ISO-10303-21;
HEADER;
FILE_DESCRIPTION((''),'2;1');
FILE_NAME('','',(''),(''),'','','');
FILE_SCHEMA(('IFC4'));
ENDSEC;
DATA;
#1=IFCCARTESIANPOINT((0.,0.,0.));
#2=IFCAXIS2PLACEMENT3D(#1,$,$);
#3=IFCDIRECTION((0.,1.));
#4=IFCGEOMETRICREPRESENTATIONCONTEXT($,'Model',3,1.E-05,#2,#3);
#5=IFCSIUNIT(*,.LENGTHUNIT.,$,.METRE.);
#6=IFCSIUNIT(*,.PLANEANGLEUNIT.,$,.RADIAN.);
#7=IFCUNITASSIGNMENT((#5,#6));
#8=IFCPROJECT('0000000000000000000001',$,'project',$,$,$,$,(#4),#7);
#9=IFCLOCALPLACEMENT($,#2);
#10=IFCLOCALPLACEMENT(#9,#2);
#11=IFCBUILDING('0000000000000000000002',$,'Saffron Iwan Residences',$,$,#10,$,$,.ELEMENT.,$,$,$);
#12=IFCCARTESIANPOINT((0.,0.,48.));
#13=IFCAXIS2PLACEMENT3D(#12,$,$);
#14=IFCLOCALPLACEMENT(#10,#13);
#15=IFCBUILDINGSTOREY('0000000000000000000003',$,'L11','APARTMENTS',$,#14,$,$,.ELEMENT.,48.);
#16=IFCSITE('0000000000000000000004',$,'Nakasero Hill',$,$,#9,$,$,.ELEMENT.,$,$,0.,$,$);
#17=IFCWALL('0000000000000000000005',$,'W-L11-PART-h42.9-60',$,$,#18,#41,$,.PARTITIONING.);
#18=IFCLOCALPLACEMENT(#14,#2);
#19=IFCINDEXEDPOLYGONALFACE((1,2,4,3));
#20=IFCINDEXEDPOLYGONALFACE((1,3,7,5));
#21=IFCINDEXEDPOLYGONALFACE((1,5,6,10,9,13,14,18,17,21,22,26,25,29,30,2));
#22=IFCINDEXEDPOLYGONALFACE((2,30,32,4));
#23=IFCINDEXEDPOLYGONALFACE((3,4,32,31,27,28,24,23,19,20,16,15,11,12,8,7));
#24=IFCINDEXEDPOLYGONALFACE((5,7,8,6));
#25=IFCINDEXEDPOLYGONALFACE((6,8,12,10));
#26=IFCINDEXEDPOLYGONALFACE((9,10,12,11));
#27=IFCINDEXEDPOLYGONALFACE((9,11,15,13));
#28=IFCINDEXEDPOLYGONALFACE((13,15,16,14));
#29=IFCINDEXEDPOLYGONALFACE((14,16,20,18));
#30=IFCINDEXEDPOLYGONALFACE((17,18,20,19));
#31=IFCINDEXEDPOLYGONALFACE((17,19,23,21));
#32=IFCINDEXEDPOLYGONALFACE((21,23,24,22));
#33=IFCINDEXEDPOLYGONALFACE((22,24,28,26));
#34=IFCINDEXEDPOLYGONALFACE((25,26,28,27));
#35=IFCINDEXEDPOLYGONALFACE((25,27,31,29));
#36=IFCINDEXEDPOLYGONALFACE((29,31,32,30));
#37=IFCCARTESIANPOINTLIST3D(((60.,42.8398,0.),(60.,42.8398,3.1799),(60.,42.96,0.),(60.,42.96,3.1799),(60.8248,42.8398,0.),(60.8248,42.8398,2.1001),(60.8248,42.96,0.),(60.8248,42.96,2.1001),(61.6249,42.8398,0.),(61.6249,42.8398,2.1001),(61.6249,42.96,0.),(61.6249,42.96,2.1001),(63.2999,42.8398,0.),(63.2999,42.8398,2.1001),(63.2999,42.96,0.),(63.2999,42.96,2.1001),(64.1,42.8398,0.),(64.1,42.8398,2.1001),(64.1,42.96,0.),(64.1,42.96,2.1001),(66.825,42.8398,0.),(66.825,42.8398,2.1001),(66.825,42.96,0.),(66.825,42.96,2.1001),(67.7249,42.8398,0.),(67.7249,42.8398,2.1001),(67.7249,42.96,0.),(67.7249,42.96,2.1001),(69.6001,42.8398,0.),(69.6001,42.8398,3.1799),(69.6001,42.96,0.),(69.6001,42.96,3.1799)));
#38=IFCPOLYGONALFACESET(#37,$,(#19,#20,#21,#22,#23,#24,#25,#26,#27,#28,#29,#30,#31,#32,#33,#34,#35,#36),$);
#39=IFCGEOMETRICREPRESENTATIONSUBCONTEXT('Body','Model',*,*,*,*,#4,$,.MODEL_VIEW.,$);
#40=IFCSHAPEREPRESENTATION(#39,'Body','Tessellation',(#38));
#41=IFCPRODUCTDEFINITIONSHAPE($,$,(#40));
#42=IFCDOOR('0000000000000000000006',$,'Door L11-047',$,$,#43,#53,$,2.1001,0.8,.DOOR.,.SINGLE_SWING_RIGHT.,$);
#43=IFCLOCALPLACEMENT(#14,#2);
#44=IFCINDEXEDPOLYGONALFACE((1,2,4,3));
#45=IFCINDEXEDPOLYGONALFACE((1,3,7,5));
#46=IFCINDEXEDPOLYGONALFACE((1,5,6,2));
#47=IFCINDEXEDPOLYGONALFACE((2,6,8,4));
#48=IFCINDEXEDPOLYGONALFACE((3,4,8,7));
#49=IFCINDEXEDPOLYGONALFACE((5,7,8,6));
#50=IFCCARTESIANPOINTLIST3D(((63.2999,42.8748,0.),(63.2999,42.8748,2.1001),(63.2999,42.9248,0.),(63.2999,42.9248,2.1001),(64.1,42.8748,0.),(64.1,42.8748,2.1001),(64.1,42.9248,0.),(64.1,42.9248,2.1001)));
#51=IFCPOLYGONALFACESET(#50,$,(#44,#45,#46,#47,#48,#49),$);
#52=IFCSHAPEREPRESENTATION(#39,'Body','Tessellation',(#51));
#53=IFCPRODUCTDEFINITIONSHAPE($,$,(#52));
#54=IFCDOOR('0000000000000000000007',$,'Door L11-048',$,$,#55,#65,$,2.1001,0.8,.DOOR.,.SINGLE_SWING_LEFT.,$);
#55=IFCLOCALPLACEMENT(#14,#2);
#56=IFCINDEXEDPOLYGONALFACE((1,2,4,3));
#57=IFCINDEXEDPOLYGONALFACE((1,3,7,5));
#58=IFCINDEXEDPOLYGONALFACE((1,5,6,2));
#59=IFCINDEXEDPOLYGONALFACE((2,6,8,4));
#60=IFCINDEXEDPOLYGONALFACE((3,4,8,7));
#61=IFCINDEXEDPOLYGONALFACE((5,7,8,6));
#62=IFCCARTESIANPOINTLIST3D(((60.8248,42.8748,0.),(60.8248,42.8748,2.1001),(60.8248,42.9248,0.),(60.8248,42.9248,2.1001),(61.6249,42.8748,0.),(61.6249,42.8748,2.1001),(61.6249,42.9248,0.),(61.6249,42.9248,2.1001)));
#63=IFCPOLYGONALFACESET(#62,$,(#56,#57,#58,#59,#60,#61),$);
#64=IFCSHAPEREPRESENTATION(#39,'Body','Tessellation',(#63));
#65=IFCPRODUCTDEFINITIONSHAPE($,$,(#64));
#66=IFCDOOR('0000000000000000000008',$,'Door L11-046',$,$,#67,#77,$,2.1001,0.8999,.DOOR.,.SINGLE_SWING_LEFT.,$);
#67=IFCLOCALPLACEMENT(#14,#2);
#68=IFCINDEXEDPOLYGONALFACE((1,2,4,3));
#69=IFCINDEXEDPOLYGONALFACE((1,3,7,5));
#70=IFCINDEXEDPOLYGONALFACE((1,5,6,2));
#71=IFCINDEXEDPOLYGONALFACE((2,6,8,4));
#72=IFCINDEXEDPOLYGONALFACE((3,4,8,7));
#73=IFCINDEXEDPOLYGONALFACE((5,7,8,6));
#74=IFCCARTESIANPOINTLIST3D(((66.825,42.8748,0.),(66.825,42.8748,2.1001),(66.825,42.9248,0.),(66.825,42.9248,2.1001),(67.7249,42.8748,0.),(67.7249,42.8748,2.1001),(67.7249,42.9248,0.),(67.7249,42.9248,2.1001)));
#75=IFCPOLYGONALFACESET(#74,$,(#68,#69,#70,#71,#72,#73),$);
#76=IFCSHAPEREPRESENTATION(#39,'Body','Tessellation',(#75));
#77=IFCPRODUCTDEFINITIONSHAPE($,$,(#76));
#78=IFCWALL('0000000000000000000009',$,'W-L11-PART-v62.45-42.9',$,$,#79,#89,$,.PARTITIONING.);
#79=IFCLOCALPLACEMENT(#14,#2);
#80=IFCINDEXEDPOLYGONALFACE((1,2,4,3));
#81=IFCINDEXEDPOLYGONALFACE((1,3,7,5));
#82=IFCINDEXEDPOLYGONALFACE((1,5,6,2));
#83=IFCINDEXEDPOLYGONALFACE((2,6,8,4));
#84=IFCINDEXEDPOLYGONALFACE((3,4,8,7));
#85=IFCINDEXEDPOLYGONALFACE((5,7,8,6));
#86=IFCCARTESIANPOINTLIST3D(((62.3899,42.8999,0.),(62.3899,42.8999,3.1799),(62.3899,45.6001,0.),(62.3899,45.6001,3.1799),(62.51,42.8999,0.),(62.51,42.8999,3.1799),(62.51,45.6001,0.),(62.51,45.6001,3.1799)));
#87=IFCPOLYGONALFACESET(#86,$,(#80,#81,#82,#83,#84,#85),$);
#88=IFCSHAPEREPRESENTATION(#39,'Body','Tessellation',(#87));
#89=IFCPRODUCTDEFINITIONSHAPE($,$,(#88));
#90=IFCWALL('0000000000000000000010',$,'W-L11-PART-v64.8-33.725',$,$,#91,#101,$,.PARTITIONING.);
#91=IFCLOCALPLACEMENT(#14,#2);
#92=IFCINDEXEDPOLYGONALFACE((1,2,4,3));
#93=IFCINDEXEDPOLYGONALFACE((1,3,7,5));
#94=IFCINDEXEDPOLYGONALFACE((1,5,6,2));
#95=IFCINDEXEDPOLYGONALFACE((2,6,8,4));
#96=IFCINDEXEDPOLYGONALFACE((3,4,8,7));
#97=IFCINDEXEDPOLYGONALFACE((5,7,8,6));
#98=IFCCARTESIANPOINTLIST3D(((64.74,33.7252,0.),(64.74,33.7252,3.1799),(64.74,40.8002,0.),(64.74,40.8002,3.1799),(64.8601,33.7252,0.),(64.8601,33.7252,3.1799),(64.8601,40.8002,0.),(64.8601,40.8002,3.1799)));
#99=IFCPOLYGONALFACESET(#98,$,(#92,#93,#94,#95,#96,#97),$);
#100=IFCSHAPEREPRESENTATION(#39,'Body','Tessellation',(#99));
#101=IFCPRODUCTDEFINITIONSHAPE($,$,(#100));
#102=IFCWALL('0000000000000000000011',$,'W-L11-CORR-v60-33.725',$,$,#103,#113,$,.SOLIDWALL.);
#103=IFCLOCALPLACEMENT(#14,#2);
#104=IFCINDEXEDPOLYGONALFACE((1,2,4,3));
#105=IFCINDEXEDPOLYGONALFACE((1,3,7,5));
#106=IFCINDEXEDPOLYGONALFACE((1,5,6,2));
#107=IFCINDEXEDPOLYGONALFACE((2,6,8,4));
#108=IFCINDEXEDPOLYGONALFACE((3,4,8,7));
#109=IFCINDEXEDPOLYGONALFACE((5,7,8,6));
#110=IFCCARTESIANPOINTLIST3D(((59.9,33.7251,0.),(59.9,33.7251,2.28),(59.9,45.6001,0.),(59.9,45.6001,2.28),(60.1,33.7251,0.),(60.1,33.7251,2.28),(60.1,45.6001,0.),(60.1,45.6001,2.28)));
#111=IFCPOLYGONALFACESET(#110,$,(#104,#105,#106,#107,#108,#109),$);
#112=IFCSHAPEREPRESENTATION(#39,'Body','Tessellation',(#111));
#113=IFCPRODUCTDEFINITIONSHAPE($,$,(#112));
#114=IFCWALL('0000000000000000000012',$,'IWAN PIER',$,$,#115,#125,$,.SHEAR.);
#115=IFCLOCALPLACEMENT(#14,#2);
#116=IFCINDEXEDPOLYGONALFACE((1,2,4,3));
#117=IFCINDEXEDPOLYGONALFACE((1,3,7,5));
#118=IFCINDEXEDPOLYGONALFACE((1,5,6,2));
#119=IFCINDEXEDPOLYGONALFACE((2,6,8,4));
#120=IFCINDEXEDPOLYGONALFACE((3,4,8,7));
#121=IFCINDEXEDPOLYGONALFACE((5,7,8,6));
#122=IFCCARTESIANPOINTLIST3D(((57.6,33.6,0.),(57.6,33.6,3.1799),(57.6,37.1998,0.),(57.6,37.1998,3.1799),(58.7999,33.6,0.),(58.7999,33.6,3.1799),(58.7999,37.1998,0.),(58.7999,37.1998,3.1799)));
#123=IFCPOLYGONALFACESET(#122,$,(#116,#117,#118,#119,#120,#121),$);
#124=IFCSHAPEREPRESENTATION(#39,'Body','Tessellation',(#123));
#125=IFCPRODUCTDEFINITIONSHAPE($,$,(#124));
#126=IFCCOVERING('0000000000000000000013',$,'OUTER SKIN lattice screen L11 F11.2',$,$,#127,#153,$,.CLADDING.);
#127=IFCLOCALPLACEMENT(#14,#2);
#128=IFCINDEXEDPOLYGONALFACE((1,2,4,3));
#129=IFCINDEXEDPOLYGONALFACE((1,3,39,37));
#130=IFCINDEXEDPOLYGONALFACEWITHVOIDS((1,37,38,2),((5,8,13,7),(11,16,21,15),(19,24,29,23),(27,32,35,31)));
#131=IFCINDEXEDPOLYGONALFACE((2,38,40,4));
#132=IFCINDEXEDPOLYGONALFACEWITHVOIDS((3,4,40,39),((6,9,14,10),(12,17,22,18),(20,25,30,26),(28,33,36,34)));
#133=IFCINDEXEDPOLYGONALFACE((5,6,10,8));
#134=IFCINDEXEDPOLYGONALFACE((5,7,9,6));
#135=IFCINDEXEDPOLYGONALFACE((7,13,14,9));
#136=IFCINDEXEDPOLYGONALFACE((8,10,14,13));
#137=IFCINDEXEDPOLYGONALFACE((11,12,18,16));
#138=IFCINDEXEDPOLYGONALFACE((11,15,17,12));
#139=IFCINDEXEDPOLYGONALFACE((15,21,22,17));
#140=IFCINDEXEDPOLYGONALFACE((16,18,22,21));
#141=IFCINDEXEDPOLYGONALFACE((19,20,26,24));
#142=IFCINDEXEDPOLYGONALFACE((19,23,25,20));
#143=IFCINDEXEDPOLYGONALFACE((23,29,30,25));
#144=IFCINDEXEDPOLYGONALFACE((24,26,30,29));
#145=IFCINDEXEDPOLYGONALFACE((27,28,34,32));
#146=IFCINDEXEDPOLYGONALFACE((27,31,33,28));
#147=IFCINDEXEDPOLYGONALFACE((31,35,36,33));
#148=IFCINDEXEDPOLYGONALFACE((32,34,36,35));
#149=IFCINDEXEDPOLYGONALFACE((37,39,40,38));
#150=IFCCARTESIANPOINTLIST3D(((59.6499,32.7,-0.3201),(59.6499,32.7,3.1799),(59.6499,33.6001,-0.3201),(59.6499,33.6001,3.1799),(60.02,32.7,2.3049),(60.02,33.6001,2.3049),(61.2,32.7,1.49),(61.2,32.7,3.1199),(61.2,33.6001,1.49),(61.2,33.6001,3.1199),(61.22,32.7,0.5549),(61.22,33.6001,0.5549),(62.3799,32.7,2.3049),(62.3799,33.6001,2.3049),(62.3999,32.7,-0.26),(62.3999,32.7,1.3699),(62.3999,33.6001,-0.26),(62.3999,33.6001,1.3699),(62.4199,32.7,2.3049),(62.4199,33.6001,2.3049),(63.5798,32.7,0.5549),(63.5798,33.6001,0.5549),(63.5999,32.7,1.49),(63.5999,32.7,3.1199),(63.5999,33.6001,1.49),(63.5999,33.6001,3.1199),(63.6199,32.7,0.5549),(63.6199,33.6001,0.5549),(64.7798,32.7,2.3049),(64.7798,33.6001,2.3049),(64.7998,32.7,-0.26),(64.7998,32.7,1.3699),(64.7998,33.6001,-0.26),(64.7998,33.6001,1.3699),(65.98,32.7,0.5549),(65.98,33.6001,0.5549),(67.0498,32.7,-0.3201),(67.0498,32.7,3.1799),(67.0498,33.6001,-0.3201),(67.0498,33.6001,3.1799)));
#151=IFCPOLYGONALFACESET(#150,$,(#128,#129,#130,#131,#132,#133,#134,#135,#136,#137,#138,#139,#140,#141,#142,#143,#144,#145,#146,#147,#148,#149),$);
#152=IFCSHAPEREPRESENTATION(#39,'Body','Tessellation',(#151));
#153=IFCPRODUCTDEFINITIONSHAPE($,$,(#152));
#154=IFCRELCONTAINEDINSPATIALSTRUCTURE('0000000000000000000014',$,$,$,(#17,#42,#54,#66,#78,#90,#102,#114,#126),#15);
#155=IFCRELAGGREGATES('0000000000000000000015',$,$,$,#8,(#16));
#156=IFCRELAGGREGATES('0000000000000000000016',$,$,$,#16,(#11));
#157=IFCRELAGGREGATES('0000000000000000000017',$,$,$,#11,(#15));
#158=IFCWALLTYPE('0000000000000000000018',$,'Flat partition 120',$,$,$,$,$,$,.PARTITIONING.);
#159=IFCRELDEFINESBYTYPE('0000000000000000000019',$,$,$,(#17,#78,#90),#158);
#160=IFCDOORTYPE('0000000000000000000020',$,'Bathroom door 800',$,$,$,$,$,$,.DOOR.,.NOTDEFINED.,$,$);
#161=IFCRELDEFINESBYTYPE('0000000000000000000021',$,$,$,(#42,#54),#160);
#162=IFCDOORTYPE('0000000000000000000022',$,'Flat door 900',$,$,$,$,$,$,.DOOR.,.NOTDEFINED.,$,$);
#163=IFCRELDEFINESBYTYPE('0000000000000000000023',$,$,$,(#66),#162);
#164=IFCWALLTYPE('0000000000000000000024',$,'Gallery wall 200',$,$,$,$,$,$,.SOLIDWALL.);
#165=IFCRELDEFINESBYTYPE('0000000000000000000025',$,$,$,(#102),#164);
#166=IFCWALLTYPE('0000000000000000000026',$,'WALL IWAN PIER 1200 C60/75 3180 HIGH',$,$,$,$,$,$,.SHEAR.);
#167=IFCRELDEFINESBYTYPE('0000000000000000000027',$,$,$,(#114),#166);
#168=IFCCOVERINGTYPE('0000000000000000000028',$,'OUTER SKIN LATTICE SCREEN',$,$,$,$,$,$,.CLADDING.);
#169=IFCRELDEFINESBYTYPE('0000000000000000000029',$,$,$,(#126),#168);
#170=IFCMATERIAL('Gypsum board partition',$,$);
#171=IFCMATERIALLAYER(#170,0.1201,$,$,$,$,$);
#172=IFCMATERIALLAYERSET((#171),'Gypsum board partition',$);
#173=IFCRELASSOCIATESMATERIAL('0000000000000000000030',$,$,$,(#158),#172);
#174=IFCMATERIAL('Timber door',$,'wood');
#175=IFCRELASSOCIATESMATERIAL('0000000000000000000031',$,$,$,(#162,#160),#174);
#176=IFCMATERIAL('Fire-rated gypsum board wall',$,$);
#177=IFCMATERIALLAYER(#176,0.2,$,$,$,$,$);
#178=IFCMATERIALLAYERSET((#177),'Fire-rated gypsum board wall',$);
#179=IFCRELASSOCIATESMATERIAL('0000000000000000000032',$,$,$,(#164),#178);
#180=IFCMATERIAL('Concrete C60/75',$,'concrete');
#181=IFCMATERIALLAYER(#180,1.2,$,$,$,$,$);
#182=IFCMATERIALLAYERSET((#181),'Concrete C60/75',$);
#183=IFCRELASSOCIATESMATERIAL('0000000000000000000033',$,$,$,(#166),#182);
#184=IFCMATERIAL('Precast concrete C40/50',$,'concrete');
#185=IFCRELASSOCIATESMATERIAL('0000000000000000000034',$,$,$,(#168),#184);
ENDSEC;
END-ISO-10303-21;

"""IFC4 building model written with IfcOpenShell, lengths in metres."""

from ifc_helpers import new_model, si_unit, direction, frame, frame_2d, origin, place, context, subcontext, project, spatial, polyline, rectangle, outline, extrude, material, layer, layer_set, type_object, element, fill, save


model = new_model("IFC4")

# Units and contexts
model_context = context("Model", 3, precision=1e-05, world=origin(), true_north=direction((0.0, 1.0)))
body_context = subcontext(model_context, "Body", "Model", "MODEL_VIEW")
ifc_project = project(units=[si_unit("LENGTHUNIT", "METRE"), si_unit("PLANEANGLEUNIT", "RADIAN")], contexts=[model_context])

# Site, building, storey
site_placement = place(None, origin())
site = spatial("IfcSite", under=ifc_project, at=site_placement, Name="Nakasero Hill", CompositionType="ELEMENT", RefElevation=0.0)
building_placement = place(site_placement, origin())
building = spatial("IfcBuilding", under=site, at=building_placement, Name="Saffron Iwan Residences", CompositionType="ELEMENT")
storey_placement = place(building_placement, frame((0.0, 0.0, 48.0)))
storey = spatial("IfcBuildingStorey", under=building, at=storey_placement, Name="L11", Description="APARTMENTS", CompositionType="ELEMENT", Elevation=48.0)

# Shared definitions
ifc_material_1 = material(Name="Concrete C60/75", Category="concrete")

# Wall, openings, doors
ifc_material_2 = material(Name="Gypsum board partition")
ifc_layer_1 = layer(ifc_material_2, 0.1201)
ifc_layer_set_1 = layer_set([ifc_layer_1], Name="Gypsum board partition")
wall_type_1 = type_object("IfcWallType", Name="Flat partition 120", PredefinedType="PARTITIONING", material=ifc_layer_set_1)
ifc_material_3 = material(Name="Timber door", Category="wood")
door_type_1 = type_object("IfcDoorType", Name="Flat door 900", OperationType="NOTDEFINED", PredefinedType="DOOR", material=ifc_material_3)
wall_1_placement = place(storey_placement, frame((60.0, 42.8999, 0.0), z_axis=(0.0, 0.0, 1.0), x_axis=(1.0, 0.0, 0.0)))
wall_1 = element("IfcWall", 1, at=wall_1_placement, inside=storey, type_object=wall_type_1, Name="W-L11-PART-h42.9-60", PredefinedType="PARTITIONING", context=body_context, shape_type="SweptSolid", body=[
    extrude(rectangle(XDim=9.6001, YDim=0.1201, at=frame_2d((4.8, 0.0))), origin(), (0.0, 0.0, 1.0), 3.1799),
])
opening_1_placement = place(wall_1_placement, frame((6.825, 0.0, 0.0)))
opening_1 = element("IfcOpeningElement", 2, at=opening_1_placement, cuts=wall_1, PredefinedType="OPENING", context=body_context, shape_type="SweptSolid", body=[
    extrude(rectangle(XDim=0.8999, YDim=2.1001, at=frame_2d((0.45, 1.05))), frame((0.0, 0.0701, 0.0), z_axis=(0.0, -1.0, 0.0), x_axis=(1.0, 0.0, 0.0)), (0.0, 0.0, 1.0), 0.1401),
])
opening_2_placement = place(wall_1_placement, frame((3.3, 0.0, 0.0)))
opening_2 = element("IfcOpeningElement", 3, at=opening_2_placement, cuts=wall_1, PredefinedType="OPENING", context=body_context, shape_type="SweptSolid", body=[
    extrude(rectangle(XDim=0.8, YDim=2.1001, at=frame_2d((0.3999, 1.05))), frame((0.0, 0.0701, 0.0), z_axis=(0.0, -1.0, 0.0), x_axis=(1.0, 0.0, 0.0)), (0.0, 0.0, 1.0), 0.1401),
])
opening_3_placement = place(wall_1_placement, frame((0.825, 0.0, 0.0)))
opening_3 = element("IfcOpeningElement", 4, at=opening_3_placement, cuts=wall_1, PredefinedType="OPENING", context=body_context, shape_type="SweptSolid", body=[
    extrude(rectangle(XDim=0.8, YDim=2.1001, at=frame_2d((0.3999, 1.05))), frame((0.0, 0.0701, 0.0), z_axis=(0.0, -1.0, 0.0), x_axis=(1.0, 0.0, 0.0)), (0.0, 0.0, 1.0), 0.1401),
])
door_type_2 = type_object("IfcDoorType", Name="Bathroom door 800", OperationType="NOTDEFINED", PredefinedType="DOOR", material=ifc_material_3)
door_1_placement = place(opening_2_placement, origin())
door_1 = element("IfcDoor", 5, at=door_1_placement, inside=storey, type_object=door_type_2, Name="Door L11-047", OperationType="SINGLE_SWING_RIGHT", OverallHeight=2.1001, OverallWidth=0.8, PredefinedType="DOOR", context=body_context, shape_type="SweptSolid", body=[
    extrude(rectangle(XDim=0.8, YDim=2.1001, at=frame_2d((0.3999, 1.05))), frame((0.0, 0.0249, 0.0), z_axis=(0.0, -1.0, 0.0), x_axis=(1.0, 0.0, 0.0)), (0.0, 0.0, 1.0), 0.05),
])
fill(opening_2, door_1)
door_2_placement = place(opening_3_placement, origin())
door_2 = element("IfcDoor", 6, at=door_2_placement, inside=storey, type_object=door_type_2, Name="Door L11-048", OperationType="SINGLE_SWING_LEFT", OverallHeight=2.1001, OverallWidth=0.8, PredefinedType="DOOR", context=body_context, shape_type="SweptSolid", body=[
    extrude(rectangle(XDim=0.8, YDim=2.1001, at=frame_2d((0.3999, 1.05))), frame((0.0, 0.0249, 0.0), z_axis=(0.0, -1.0, 0.0), x_axis=(1.0, 0.0, 0.0)), (0.0, 0.0, 1.0), 0.05),
])
fill(opening_3, door_2)
door_3_placement = place(opening_1_placement, origin())
door_3 = element("IfcDoor", 7, at=door_3_placement, inside=storey, type_object=door_type_1, Name="Door L11-046", OperationType="SINGLE_SWING_LEFT", OverallHeight=2.1001, OverallWidth=0.8999, PredefinedType="DOOR", context=body_context, shape_type="SweptSolid", body=[
    extrude(rectangle(XDim=0.8999, YDim=2.1001, at=frame_2d((0.45, 1.05))), frame((0.0, 0.0249, 0.0), z_axis=(0.0, -1.0, 0.0), x_axis=(1.0, 0.0, 0.0)), (0.0, 0.0, 1.0), 0.05),
])
fill(opening_1, door_3)

# Walls
wall_2_placement = place(storey_placement, frame((62.45, 42.8999, 0.0), z_axis=(0.0, 0.0, 1.0), x_axis=(0.0, 1.0, 0.0)))
element("IfcWall", 8, at=wall_2_placement, inside=storey, type_object=wall_type_1, Name="W-L11-PART-v62.45-42.9", PredefinedType="PARTITIONING", context=body_context, shape_type="SweptSolid", body=[
    extrude(rectangle(XDim=2.7002, YDim=0.1201, at=frame_2d((1.3501, 0.0))), origin(), (0.0, 0.0, 1.0), 3.1799),
])
wall_3_placement = place(storey_placement, frame((64.8, 33.7251, 0.0), z_axis=(0.0, 0.0, 1.0), x_axis=(0.0, 1.0, 0.0)))
element("IfcWall", 9, at=wall_3_placement, inside=storey, type_object=wall_type_1, Name="W-L11-PART-v64.8-33.725", PredefinedType="PARTITIONING", context=body_context, shape_type="SweptSolid", body=[
    extrude(rectangle(XDim=7.075, YDim=0.1201, at=frame_2d((3.5376, 0.0))), origin(), (0.0, 0.0, 1.0), 3.1799),
])
ifc_material_4 = material(Name="Fire-rated gypsum board wall")
ifc_layer_2 = layer(ifc_material_4, 0.2)
ifc_layer_set_2 = layer_set([ifc_layer_2], Name="Fire-rated gypsum board wall")
wall_type_2 = type_object("IfcWallType", Name="Gallery wall 200", PredefinedType="SOLIDWALL", material=ifc_layer_set_2)
wall_4_placement = place(storey_placement, frame((60.0, 33.7251, 0.0), z_axis=(0.0, 0.0, 1.0), x_axis=(0.0, 1.0, 0.0)))
element("IfcWall", 10, at=wall_4_placement, inside=storey, type_object=wall_type_2, Name="W-L11-CORR-v60-33.725", PredefinedType="SOLIDWALL", context=body_context, shape_type="SweptSolid", body=[
    extrude(rectangle(XDim=11.875, YDim=0.2, at=frame_2d((5.9375, 0.0))), origin(), (0.0, 0.0, 1.0), 2.28),
])
ifc_layer_3 = layer(ifc_material_1, 1.2)
ifc_layer_set_3 = layer_set([ifc_layer_3], Name="Concrete C60/75")
wall_type_3 = type_object("IfcWallType", Name="WALL IWAN PIER 1200 C60/75 3180 HIGH", PredefinedType="SHEAR", material=ifc_layer_set_3)
wall_5_placement = place(storey_placement, frame((58.2, 33.6001, 0.0), z_axis=(0.0, 0.0, 1.0), x_axis=(0.0, 1.0, 0.0)))
element("IfcWall", 11, at=wall_5_placement, inside=storey, type_object=wall_type_3, Name="IWAN PIER", PredefinedType="SHEAR", context=body_context, shape_type="SweptSolid", body=[
    extrude(rectangle(XDim=3.5999, YDim=1.2, at=frame_2d((1.7998, 0.0))), origin(), (0.0, 0.0, 1.0), 3.1799),
])

# Covering
ifc_material_5 = material(Name="Precast concrete C40/50", Category="concrete")
covering_type = type_object("IfcCoveringType", Name="OUTER SKIN LATTICE SCREEN", PredefinedType="CLADDING", material=ifc_material_5)
covering_placement = place(storey_placement, frame((59.6499, 33.6001, -0.3201), z_axis=(0.0, -1.0, 0.0), x_axis=(1.0, 0.0, 0.0)))
element("IfcCovering", 12, at=covering_placement, inside=storey, type_object=covering_type, Name="OUTER SKIN lattice screen L11 F11.2", PredefinedType="CLADDING", context=body_context, shape_type="SweptSolid", body=[
    extrude(outline(polyline([(0.0, 0.0), (7.3999, 0.0), (7.3999, 3.5), (0.0, 3.5), (0.0, 0.0)]), holes=[polyline([(1.5701, 0.875), (2.75, 0.0601), (3.9299, 0.875), (2.75, 1.6899), (1.5701, 0.875)]), polyline([(3.97, 0.875), (5.1499, 0.0601), (6.3301, 0.875), (5.1499, 1.6899), (3.97, 0.875)]), polyline([(0.3701, 2.625), (1.55, 1.8101), (2.73, 2.625), (1.55, 3.4399), (0.3701, 2.625)]), polyline([(2.77, 2.625), (3.95, 1.8101), (5.1299, 2.625), (3.95, 3.4399), (2.77, 2.625)])]), origin(), (0.0, 0.0, 1.0), 0.9001),
])

save(model, "model.ifc")
